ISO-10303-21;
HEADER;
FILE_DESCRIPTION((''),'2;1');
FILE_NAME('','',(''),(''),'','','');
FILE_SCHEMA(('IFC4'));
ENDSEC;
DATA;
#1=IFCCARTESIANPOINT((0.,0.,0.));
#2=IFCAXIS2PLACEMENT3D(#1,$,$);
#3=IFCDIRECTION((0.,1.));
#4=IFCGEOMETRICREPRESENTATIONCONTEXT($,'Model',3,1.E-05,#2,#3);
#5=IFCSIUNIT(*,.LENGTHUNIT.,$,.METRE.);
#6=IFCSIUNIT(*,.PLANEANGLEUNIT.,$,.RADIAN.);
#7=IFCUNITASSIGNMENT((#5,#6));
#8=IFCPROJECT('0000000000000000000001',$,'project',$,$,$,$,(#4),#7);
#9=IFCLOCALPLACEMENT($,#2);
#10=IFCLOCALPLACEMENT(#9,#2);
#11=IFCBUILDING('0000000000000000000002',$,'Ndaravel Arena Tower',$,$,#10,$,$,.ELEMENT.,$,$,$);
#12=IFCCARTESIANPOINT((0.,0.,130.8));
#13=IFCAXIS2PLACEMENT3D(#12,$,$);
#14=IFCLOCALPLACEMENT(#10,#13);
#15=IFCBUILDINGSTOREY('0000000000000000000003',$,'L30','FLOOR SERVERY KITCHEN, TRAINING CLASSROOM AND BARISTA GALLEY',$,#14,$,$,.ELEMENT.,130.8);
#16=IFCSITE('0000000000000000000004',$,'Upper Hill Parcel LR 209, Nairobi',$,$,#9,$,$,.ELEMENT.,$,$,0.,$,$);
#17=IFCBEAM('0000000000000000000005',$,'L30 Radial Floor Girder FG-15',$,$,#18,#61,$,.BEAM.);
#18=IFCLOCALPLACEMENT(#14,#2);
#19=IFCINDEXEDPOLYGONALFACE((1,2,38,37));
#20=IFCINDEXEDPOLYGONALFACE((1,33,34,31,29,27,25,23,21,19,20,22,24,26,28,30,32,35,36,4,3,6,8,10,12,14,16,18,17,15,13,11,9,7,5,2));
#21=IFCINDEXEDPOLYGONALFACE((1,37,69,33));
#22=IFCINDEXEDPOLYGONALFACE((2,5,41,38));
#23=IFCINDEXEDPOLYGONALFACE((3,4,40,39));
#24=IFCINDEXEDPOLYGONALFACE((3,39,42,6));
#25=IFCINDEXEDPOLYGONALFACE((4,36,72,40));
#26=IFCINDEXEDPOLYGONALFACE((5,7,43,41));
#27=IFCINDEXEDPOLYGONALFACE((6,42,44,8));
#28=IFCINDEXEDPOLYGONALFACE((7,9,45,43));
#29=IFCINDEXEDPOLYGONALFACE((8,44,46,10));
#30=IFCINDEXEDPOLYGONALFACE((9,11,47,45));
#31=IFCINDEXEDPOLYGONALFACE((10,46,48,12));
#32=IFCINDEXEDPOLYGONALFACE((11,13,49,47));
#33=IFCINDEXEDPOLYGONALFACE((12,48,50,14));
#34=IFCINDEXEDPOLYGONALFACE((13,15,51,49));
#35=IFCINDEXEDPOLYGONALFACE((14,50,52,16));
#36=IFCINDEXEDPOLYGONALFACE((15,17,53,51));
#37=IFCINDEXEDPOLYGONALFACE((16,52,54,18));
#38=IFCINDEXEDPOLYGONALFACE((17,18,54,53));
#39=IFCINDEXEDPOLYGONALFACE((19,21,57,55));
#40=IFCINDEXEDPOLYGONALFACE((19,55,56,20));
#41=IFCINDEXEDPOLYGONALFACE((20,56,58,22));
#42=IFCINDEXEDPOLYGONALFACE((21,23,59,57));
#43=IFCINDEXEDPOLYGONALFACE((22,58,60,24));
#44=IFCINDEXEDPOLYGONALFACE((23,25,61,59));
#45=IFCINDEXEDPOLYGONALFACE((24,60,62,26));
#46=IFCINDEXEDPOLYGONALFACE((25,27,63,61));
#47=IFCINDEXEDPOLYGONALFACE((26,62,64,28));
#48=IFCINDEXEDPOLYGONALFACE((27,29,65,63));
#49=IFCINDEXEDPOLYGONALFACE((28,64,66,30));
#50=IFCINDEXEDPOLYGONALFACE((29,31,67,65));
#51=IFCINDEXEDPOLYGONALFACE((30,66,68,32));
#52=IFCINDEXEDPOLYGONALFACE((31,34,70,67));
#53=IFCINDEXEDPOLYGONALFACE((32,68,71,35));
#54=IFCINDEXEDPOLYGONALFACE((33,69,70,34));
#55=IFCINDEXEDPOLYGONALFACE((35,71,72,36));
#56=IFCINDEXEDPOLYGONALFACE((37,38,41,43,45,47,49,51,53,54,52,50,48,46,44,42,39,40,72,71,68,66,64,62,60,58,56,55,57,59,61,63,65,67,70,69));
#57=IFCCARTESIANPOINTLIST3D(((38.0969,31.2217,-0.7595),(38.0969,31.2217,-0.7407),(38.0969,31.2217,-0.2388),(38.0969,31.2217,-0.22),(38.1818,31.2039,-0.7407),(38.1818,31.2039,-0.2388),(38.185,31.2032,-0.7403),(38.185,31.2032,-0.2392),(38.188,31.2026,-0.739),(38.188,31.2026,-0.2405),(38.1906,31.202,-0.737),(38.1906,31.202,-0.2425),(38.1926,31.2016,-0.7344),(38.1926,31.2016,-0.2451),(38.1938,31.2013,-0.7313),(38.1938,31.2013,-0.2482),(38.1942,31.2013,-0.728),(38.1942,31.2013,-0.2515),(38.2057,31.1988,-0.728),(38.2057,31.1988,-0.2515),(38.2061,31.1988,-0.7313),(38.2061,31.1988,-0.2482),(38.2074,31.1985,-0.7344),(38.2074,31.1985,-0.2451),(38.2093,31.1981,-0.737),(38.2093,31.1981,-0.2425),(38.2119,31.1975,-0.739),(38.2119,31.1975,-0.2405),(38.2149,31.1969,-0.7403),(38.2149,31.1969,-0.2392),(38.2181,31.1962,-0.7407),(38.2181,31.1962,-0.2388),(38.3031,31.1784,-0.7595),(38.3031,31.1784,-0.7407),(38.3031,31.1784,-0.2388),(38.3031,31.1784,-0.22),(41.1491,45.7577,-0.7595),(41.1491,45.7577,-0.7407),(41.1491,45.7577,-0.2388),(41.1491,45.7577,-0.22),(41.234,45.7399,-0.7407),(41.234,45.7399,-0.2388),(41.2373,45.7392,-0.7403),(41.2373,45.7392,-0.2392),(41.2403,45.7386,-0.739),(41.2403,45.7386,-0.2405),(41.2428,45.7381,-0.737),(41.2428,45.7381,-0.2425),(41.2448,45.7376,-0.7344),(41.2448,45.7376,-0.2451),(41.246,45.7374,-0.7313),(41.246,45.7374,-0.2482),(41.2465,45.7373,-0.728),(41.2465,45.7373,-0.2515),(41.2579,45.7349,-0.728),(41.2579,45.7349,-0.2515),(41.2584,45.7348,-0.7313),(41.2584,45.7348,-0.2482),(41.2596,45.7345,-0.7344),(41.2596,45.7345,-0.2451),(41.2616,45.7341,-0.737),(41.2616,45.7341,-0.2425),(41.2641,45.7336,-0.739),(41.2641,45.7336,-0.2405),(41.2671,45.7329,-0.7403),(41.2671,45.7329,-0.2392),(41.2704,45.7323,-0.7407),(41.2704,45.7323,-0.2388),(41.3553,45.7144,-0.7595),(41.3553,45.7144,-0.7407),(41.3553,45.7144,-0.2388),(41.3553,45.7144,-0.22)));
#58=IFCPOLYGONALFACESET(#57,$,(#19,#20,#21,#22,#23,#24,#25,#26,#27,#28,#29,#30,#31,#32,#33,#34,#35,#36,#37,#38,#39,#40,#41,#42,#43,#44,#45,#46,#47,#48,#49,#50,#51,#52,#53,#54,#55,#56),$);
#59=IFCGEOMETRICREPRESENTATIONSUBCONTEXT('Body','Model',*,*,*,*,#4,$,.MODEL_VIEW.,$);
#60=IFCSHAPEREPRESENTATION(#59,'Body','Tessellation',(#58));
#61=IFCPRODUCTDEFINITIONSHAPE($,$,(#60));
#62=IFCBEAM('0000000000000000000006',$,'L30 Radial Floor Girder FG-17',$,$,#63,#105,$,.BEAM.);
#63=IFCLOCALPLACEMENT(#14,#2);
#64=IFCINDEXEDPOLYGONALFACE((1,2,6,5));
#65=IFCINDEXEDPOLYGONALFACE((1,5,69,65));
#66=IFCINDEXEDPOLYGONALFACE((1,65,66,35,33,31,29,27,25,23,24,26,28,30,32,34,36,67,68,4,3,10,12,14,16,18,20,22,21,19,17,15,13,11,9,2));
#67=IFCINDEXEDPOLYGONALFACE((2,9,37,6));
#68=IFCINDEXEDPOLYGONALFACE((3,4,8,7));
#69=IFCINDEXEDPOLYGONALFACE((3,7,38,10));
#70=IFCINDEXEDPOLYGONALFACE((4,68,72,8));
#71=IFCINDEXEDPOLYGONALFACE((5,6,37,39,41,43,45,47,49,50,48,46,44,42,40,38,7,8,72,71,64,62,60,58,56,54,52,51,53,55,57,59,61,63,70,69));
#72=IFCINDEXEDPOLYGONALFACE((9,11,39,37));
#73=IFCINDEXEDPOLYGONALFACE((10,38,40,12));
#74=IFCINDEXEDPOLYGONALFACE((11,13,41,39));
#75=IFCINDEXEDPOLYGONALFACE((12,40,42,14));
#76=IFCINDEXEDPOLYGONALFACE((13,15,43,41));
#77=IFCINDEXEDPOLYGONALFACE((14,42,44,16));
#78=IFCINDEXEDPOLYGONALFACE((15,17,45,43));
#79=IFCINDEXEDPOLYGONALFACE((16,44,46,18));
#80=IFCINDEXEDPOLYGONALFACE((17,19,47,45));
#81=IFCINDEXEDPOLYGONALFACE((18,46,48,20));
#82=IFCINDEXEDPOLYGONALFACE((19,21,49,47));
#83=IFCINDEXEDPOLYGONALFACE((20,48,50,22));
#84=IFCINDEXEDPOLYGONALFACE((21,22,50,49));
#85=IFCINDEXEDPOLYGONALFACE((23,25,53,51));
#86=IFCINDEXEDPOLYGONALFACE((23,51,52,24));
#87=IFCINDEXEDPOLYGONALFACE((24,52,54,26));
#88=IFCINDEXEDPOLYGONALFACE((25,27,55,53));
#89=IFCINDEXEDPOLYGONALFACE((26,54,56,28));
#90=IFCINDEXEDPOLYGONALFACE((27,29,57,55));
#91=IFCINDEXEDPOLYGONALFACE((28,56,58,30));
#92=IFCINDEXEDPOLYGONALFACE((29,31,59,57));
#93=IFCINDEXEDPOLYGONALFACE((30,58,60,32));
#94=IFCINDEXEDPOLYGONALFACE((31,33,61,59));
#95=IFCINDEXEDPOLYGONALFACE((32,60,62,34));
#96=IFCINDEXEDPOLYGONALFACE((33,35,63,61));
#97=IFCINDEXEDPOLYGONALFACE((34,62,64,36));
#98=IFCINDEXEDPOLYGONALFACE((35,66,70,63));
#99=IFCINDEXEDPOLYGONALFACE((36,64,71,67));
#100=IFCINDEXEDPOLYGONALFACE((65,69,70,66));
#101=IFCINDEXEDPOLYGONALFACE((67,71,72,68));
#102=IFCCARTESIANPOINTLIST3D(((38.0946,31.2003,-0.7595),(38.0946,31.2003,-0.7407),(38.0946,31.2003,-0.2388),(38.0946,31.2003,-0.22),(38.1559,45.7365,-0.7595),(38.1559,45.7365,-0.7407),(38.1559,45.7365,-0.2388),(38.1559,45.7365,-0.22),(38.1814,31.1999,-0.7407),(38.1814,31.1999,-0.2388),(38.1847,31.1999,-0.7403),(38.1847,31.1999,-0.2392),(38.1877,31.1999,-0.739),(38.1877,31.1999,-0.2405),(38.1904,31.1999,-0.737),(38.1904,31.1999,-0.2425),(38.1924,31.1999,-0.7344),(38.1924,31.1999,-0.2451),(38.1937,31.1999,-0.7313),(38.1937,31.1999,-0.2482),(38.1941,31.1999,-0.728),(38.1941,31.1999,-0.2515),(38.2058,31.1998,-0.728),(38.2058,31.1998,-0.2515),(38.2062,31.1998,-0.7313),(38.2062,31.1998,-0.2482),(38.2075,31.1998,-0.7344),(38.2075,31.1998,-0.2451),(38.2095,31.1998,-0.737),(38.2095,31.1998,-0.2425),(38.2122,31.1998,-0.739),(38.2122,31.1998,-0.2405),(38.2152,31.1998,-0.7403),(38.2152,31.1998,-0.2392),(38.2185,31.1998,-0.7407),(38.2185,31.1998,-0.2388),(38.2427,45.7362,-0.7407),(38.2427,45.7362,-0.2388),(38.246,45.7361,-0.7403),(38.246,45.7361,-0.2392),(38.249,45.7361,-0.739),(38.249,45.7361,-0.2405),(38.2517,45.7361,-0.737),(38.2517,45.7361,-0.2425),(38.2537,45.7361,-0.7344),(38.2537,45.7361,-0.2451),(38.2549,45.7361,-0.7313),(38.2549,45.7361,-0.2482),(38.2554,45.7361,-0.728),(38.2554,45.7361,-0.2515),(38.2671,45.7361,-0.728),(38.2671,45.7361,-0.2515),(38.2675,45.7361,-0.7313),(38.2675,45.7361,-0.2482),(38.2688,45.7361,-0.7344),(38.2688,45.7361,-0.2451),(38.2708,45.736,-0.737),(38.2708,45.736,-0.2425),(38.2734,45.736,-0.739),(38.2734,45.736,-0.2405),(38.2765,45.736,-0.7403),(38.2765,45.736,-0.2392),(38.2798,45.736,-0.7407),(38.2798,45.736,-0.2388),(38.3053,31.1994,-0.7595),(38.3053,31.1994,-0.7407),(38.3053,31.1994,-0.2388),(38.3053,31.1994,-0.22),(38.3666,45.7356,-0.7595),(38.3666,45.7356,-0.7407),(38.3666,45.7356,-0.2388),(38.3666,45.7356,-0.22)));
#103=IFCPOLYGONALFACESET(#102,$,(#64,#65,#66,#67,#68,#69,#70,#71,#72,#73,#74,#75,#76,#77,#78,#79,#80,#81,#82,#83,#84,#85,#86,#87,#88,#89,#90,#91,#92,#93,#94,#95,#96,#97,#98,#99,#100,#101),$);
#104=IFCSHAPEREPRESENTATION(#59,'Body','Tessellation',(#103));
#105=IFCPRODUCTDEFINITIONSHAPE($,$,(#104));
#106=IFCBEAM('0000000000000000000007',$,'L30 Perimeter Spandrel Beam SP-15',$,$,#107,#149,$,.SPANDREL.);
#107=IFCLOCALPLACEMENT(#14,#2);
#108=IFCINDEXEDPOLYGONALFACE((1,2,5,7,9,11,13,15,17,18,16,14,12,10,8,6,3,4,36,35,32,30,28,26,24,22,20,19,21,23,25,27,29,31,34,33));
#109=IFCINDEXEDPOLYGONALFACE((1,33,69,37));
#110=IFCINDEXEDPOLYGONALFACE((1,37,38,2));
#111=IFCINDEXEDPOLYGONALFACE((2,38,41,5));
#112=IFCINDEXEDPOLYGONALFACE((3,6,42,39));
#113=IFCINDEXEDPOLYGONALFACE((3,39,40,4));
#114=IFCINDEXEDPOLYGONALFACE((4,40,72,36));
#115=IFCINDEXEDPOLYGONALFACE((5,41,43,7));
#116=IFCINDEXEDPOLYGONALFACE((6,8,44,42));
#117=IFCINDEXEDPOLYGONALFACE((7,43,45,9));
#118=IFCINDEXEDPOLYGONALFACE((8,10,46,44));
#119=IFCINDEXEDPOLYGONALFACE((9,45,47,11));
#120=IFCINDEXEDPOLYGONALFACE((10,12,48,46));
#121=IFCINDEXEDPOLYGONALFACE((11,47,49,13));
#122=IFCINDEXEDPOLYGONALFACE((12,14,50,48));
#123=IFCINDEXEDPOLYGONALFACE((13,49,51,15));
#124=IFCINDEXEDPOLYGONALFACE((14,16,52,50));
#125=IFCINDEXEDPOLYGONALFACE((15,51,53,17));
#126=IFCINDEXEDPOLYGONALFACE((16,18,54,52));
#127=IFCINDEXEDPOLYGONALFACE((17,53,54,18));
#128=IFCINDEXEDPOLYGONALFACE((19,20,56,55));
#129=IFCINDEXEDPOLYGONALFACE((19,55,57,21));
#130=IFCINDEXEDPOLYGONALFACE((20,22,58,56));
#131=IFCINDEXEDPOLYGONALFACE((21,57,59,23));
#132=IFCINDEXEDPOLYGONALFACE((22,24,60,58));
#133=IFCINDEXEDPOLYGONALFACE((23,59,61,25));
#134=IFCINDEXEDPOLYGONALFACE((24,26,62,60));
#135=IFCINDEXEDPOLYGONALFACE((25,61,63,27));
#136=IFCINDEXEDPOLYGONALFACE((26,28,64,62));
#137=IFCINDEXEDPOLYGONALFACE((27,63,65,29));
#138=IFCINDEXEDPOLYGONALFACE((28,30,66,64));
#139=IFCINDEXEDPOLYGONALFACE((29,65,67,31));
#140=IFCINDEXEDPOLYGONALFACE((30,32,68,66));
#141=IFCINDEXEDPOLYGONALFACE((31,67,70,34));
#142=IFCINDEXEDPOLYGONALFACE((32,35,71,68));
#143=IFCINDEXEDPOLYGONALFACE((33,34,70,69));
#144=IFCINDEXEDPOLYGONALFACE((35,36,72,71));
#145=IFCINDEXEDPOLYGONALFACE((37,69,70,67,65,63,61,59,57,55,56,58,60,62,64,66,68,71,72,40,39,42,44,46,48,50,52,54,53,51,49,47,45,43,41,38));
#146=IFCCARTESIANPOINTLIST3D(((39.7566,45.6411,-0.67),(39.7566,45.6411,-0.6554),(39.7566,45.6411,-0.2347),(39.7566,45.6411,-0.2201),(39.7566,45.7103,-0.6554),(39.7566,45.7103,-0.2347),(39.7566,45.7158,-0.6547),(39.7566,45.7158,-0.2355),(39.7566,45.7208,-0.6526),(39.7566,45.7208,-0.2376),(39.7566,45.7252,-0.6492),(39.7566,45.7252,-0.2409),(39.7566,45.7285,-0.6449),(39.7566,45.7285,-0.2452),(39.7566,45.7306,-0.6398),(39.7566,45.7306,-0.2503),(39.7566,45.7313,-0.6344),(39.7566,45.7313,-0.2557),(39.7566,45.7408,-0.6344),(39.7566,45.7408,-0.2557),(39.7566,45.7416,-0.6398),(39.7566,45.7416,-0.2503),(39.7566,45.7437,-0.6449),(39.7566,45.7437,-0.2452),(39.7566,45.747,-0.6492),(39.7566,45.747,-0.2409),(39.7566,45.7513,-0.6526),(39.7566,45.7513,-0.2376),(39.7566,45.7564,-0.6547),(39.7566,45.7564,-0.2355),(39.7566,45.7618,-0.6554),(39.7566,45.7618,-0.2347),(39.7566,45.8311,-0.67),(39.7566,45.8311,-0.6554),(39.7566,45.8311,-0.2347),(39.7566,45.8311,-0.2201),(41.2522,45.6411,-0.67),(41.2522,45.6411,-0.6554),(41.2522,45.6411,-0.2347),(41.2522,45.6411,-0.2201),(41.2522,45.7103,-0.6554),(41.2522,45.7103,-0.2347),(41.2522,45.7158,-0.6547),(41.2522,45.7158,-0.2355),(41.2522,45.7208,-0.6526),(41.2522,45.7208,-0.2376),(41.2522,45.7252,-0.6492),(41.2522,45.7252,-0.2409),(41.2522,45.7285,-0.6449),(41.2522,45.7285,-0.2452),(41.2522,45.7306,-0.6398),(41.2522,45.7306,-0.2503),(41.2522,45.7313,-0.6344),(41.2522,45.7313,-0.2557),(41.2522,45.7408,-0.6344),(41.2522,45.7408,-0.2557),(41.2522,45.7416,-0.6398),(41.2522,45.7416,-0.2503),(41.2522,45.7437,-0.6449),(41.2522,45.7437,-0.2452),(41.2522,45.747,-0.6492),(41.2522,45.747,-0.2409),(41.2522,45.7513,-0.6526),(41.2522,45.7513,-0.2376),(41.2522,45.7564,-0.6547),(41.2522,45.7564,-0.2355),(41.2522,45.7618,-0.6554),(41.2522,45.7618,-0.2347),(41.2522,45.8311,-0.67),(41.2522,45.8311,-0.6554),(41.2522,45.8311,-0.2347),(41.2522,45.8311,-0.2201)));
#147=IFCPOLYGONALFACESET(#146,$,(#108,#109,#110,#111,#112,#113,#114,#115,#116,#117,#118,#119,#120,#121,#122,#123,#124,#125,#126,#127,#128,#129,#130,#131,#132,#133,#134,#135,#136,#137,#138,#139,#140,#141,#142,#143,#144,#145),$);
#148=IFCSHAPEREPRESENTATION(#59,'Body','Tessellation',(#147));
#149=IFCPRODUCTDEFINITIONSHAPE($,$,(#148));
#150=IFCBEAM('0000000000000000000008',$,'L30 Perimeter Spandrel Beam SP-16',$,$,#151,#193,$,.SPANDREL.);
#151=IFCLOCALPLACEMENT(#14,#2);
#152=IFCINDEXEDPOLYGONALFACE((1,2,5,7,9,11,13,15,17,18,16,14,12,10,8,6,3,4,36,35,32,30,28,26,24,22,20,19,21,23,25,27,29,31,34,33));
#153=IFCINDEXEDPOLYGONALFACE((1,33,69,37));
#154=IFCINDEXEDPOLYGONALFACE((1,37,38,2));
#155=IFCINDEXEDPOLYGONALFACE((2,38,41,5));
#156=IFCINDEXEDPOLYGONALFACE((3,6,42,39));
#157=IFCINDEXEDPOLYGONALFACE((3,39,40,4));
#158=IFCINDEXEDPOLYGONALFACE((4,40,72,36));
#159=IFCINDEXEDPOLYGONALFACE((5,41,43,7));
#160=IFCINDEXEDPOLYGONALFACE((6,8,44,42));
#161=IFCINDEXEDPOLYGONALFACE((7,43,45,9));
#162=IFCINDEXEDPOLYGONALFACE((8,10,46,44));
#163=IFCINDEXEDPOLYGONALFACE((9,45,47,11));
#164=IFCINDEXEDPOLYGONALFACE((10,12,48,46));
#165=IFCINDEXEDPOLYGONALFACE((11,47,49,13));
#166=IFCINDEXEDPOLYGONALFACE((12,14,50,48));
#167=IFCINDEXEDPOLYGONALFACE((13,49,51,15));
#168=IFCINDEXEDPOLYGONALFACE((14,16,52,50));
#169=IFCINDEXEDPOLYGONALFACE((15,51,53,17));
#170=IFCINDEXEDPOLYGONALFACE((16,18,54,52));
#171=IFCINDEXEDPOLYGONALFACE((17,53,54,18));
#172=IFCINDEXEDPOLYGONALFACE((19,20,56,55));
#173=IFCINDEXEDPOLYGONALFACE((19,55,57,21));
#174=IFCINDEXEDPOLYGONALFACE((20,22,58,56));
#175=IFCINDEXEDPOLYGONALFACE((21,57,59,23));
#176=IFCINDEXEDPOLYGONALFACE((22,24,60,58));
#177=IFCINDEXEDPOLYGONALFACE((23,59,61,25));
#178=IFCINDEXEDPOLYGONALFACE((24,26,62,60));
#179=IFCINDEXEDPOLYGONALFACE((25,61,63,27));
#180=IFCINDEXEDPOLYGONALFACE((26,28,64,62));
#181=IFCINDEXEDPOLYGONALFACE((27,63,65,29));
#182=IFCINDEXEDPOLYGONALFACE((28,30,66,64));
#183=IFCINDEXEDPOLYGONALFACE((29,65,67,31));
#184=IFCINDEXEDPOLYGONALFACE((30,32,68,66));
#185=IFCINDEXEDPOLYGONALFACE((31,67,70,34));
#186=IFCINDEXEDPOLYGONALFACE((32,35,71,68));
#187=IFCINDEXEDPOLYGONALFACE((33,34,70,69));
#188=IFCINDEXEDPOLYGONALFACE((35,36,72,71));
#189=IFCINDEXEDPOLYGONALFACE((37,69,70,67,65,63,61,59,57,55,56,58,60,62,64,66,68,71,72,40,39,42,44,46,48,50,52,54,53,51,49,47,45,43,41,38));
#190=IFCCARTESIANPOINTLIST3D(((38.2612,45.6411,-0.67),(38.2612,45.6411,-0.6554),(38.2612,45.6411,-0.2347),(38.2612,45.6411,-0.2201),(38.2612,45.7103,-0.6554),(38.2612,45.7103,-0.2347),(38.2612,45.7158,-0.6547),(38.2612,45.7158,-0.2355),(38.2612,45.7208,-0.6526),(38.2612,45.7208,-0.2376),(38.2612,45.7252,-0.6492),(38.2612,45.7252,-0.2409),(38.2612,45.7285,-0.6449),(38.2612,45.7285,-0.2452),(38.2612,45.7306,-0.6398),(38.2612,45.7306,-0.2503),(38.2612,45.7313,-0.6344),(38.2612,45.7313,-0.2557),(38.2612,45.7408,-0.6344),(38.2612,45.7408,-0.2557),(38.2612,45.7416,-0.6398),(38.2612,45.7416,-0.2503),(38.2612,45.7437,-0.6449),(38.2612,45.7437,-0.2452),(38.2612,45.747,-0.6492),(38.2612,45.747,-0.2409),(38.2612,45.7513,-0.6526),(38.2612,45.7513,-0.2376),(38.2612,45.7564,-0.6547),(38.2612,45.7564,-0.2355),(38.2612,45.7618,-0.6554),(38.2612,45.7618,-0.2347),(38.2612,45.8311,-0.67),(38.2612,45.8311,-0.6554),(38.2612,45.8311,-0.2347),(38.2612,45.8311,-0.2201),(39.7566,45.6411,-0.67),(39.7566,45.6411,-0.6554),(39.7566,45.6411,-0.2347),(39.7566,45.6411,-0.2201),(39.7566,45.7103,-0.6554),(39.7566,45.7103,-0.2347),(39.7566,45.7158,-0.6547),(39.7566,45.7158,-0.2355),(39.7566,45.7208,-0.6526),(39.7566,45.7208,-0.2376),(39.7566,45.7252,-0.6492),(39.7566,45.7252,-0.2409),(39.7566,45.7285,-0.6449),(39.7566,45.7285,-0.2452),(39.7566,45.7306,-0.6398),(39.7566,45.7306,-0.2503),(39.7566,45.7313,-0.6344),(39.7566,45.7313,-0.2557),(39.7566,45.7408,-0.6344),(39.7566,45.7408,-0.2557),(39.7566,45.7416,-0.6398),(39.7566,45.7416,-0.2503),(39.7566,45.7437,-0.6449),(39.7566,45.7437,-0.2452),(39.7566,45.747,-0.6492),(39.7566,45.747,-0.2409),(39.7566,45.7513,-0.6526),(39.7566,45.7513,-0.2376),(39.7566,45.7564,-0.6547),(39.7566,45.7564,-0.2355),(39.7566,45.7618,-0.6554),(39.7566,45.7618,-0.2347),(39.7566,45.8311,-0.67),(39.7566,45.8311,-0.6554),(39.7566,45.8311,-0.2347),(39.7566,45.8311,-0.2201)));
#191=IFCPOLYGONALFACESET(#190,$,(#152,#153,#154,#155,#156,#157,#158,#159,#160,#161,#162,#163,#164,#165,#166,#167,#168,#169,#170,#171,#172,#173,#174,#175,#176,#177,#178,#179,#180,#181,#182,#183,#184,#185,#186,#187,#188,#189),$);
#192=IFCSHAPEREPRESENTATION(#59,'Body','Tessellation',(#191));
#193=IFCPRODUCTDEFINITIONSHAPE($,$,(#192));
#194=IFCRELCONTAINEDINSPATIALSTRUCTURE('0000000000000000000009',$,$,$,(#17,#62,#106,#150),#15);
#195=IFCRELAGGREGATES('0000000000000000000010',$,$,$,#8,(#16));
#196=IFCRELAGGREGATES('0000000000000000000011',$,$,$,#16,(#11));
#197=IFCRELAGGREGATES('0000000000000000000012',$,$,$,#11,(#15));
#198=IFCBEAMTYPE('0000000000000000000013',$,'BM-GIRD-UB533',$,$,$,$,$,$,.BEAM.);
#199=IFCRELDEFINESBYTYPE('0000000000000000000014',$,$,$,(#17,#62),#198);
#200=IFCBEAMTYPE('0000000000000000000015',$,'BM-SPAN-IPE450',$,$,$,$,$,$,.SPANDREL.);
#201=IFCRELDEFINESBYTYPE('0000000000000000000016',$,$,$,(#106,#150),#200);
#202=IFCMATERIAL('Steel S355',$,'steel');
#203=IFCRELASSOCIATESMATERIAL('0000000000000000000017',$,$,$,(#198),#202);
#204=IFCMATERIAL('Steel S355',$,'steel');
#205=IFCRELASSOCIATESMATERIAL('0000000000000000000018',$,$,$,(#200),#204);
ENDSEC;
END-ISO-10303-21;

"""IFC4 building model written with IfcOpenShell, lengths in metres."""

from ifc_helpers import new_model, si_unit, direction, frame, origin, origin_2d, place, context, subcontext, project, spatial, i_section, extrude, material, material_profile, profile_set, type_object, element, save


model = new_model("IFC4")

# Units and contexts
model_context = context("Model", 3, precision=1e-05, world=origin(), true_north=direction((0.0, 1.0)))
body_context = subcontext(model_context, "Body", "Model", "MODEL_VIEW")
ifc_project = project(units=[si_unit("LENGTHUNIT", "METRE"), si_unit("PLANEANGLEUNIT", "RADIAN")], contexts=[model_context])

# Site, building, storey
site_placement = place(None, origin())
site = spatial("IfcSite", under=ifc_project, at=site_placement, Name="Upper Hill Parcel LR 209, Nairobi", CompositionType="ELEMENT", RefElevation=0.0)
building_placement = place(site_placement, origin())
building = spatial("IfcBuilding", under=site, at=building_placement, Name="Ndaravel Arena Tower", CompositionType="ELEMENT")
storey_placement = place(building_placement, frame((0.0, 0.0, 130.8)))
storey = spatial("IfcBuildingStorey", under=building, at=storey_placement, Name="L30", Description="FLOOR SERVERY KITCHEN, TRAINING CLASSROOM AND BARISTA GALLEY", CompositionType="ELEMENT", Elevation=130.8)

# Beams
ifc_material_1 = material(Name="Steel S355", Category="steel")
ifc_material_profile_1 = material_profile(ifc_material_1, i_section(OverallWidth=0.2107, OverallDepth=0.5396, WebThickness=0.0117, FlangeThickness=0.0188, FilletRadius=0.0127, at=origin_2d()), Name="UB 533x210x109")
ifc_profile_set_1 = profile_set([ifc_material_profile_1], Name="Steel S355")
beam_type_1 = type_object("IfcBeamType", Name="BM-GIRD-UB533", PredefinedType="BEAM", material=ifc_profile_set_1)
beam_1_placement = place(storey_placement, frame((41.2522, 45.7361, -0.4897), z_axis=(-0.205495, -0.978658, 0.0), x_axis=(0.978658, -0.205495, 0.0)))
element("IfcBeam", 1, at=beam_1_placement, inside=storey, type_object=beam_type_1, Name="L30 Radial Floor Girder FG-15", PredefinedType="BEAM", context=body_context, shape_type="SweptSolid", body=[
    extrude(i_section(OverallWidth=0.2107, OverallDepth=0.5396, WebThickness=0.0117, FlangeThickness=0.0188, FilletRadius=0.0127, at=origin_2d()), origin(), (0.0, 0.0, 1.0), 14.853),
])
beam_2_placement = place(storey_placement, frame((38.2612, 45.7361, -0.4897), z_axis=(-0.004216, -0.999991, 0.0), x_axis=(0.999991, -0.004216, 0.0)))
element("IfcBeam", 2, at=beam_2_placement, inside=storey, type_object=beam_type_1, Name="L30 Radial Floor Girder FG-17", PredefinedType="BEAM", context=body_context, shape_type="SweptSolid", body=[
    extrude(i_section(OverallWidth=0.2107, OverallDepth=0.5396, WebThickness=0.0117, FlangeThickness=0.0188, FilletRadius=0.0127, at=origin_2d()), origin(), (0.0, 0.0, 1.0), 14.5364),
])
ifc_material_2 = material(Name="Steel S355", Category="steel")
ifc_material_profile_2 = material_profile(ifc_material_2, i_section(OverallWidth=0.1899, OverallDepth=0.45, WebThickness=0.0095, FlangeThickness=0.0146, FilletRadius=0.021, at=origin_2d()), Name="IPE 450")
ifc_profile_set_2 = profile_set([ifc_material_profile_2], Name="Steel S355")
beam_type_2 = type_object("IfcBeamType", Name="BM-SPAN-IPE450", PredefinedType="SPANDREL", material=ifc_profile_set_2)
beam_3_placement = place(storey_placement, frame((41.2522, 45.7361, -0.4451), z_axis=(-1.0, 0.0, 0.0), x_axis=(0.0, -1.0, 0.0)))
element("IfcBeam", 3, at=beam_3_placement, inside=storey, type_object=beam_type_2, Name="L30 Perimeter Spandrel Beam SP-15", PredefinedType="SPANDREL", context=body_context, shape_type="SweptSolid", body=[
    extrude(i_section(OverallWidth=0.1899, OverallDepth=0.45, WebThickness=0.0095, FlangeThickness=0.0146, FilletRadius=0.021, at=origin_2d()), origin(), (0.0, 0.0, 1.0), 1.4956),
])
beam_4_placement = place(storey_placement, frame((39.7566, 45.7361, -0.4451), z_axis=(-1.0, 0.0, 0.0), x_axis=(0.0, -1.0, 0.0)))
element("IfcBeam", 4, at=beam_4_placement, inside=storey, type_object=beam_type_2, Name="L30 Perimeter Spandrel Beam SP-16", PredefinedType="SPANDREL", context=body_context, shape_type="SweptSolid", body=[
    extrude(i_section(OverallWidth=0.1899, OverallDepth=0.45, WebThickness=0.0095, FlangeThickness=0.0146, FilletRadius=0.021, at=origin_2d()), origin(), (0.0, 0.0, 1.0), 1.4954),
])

save(model, "model.ifc")
